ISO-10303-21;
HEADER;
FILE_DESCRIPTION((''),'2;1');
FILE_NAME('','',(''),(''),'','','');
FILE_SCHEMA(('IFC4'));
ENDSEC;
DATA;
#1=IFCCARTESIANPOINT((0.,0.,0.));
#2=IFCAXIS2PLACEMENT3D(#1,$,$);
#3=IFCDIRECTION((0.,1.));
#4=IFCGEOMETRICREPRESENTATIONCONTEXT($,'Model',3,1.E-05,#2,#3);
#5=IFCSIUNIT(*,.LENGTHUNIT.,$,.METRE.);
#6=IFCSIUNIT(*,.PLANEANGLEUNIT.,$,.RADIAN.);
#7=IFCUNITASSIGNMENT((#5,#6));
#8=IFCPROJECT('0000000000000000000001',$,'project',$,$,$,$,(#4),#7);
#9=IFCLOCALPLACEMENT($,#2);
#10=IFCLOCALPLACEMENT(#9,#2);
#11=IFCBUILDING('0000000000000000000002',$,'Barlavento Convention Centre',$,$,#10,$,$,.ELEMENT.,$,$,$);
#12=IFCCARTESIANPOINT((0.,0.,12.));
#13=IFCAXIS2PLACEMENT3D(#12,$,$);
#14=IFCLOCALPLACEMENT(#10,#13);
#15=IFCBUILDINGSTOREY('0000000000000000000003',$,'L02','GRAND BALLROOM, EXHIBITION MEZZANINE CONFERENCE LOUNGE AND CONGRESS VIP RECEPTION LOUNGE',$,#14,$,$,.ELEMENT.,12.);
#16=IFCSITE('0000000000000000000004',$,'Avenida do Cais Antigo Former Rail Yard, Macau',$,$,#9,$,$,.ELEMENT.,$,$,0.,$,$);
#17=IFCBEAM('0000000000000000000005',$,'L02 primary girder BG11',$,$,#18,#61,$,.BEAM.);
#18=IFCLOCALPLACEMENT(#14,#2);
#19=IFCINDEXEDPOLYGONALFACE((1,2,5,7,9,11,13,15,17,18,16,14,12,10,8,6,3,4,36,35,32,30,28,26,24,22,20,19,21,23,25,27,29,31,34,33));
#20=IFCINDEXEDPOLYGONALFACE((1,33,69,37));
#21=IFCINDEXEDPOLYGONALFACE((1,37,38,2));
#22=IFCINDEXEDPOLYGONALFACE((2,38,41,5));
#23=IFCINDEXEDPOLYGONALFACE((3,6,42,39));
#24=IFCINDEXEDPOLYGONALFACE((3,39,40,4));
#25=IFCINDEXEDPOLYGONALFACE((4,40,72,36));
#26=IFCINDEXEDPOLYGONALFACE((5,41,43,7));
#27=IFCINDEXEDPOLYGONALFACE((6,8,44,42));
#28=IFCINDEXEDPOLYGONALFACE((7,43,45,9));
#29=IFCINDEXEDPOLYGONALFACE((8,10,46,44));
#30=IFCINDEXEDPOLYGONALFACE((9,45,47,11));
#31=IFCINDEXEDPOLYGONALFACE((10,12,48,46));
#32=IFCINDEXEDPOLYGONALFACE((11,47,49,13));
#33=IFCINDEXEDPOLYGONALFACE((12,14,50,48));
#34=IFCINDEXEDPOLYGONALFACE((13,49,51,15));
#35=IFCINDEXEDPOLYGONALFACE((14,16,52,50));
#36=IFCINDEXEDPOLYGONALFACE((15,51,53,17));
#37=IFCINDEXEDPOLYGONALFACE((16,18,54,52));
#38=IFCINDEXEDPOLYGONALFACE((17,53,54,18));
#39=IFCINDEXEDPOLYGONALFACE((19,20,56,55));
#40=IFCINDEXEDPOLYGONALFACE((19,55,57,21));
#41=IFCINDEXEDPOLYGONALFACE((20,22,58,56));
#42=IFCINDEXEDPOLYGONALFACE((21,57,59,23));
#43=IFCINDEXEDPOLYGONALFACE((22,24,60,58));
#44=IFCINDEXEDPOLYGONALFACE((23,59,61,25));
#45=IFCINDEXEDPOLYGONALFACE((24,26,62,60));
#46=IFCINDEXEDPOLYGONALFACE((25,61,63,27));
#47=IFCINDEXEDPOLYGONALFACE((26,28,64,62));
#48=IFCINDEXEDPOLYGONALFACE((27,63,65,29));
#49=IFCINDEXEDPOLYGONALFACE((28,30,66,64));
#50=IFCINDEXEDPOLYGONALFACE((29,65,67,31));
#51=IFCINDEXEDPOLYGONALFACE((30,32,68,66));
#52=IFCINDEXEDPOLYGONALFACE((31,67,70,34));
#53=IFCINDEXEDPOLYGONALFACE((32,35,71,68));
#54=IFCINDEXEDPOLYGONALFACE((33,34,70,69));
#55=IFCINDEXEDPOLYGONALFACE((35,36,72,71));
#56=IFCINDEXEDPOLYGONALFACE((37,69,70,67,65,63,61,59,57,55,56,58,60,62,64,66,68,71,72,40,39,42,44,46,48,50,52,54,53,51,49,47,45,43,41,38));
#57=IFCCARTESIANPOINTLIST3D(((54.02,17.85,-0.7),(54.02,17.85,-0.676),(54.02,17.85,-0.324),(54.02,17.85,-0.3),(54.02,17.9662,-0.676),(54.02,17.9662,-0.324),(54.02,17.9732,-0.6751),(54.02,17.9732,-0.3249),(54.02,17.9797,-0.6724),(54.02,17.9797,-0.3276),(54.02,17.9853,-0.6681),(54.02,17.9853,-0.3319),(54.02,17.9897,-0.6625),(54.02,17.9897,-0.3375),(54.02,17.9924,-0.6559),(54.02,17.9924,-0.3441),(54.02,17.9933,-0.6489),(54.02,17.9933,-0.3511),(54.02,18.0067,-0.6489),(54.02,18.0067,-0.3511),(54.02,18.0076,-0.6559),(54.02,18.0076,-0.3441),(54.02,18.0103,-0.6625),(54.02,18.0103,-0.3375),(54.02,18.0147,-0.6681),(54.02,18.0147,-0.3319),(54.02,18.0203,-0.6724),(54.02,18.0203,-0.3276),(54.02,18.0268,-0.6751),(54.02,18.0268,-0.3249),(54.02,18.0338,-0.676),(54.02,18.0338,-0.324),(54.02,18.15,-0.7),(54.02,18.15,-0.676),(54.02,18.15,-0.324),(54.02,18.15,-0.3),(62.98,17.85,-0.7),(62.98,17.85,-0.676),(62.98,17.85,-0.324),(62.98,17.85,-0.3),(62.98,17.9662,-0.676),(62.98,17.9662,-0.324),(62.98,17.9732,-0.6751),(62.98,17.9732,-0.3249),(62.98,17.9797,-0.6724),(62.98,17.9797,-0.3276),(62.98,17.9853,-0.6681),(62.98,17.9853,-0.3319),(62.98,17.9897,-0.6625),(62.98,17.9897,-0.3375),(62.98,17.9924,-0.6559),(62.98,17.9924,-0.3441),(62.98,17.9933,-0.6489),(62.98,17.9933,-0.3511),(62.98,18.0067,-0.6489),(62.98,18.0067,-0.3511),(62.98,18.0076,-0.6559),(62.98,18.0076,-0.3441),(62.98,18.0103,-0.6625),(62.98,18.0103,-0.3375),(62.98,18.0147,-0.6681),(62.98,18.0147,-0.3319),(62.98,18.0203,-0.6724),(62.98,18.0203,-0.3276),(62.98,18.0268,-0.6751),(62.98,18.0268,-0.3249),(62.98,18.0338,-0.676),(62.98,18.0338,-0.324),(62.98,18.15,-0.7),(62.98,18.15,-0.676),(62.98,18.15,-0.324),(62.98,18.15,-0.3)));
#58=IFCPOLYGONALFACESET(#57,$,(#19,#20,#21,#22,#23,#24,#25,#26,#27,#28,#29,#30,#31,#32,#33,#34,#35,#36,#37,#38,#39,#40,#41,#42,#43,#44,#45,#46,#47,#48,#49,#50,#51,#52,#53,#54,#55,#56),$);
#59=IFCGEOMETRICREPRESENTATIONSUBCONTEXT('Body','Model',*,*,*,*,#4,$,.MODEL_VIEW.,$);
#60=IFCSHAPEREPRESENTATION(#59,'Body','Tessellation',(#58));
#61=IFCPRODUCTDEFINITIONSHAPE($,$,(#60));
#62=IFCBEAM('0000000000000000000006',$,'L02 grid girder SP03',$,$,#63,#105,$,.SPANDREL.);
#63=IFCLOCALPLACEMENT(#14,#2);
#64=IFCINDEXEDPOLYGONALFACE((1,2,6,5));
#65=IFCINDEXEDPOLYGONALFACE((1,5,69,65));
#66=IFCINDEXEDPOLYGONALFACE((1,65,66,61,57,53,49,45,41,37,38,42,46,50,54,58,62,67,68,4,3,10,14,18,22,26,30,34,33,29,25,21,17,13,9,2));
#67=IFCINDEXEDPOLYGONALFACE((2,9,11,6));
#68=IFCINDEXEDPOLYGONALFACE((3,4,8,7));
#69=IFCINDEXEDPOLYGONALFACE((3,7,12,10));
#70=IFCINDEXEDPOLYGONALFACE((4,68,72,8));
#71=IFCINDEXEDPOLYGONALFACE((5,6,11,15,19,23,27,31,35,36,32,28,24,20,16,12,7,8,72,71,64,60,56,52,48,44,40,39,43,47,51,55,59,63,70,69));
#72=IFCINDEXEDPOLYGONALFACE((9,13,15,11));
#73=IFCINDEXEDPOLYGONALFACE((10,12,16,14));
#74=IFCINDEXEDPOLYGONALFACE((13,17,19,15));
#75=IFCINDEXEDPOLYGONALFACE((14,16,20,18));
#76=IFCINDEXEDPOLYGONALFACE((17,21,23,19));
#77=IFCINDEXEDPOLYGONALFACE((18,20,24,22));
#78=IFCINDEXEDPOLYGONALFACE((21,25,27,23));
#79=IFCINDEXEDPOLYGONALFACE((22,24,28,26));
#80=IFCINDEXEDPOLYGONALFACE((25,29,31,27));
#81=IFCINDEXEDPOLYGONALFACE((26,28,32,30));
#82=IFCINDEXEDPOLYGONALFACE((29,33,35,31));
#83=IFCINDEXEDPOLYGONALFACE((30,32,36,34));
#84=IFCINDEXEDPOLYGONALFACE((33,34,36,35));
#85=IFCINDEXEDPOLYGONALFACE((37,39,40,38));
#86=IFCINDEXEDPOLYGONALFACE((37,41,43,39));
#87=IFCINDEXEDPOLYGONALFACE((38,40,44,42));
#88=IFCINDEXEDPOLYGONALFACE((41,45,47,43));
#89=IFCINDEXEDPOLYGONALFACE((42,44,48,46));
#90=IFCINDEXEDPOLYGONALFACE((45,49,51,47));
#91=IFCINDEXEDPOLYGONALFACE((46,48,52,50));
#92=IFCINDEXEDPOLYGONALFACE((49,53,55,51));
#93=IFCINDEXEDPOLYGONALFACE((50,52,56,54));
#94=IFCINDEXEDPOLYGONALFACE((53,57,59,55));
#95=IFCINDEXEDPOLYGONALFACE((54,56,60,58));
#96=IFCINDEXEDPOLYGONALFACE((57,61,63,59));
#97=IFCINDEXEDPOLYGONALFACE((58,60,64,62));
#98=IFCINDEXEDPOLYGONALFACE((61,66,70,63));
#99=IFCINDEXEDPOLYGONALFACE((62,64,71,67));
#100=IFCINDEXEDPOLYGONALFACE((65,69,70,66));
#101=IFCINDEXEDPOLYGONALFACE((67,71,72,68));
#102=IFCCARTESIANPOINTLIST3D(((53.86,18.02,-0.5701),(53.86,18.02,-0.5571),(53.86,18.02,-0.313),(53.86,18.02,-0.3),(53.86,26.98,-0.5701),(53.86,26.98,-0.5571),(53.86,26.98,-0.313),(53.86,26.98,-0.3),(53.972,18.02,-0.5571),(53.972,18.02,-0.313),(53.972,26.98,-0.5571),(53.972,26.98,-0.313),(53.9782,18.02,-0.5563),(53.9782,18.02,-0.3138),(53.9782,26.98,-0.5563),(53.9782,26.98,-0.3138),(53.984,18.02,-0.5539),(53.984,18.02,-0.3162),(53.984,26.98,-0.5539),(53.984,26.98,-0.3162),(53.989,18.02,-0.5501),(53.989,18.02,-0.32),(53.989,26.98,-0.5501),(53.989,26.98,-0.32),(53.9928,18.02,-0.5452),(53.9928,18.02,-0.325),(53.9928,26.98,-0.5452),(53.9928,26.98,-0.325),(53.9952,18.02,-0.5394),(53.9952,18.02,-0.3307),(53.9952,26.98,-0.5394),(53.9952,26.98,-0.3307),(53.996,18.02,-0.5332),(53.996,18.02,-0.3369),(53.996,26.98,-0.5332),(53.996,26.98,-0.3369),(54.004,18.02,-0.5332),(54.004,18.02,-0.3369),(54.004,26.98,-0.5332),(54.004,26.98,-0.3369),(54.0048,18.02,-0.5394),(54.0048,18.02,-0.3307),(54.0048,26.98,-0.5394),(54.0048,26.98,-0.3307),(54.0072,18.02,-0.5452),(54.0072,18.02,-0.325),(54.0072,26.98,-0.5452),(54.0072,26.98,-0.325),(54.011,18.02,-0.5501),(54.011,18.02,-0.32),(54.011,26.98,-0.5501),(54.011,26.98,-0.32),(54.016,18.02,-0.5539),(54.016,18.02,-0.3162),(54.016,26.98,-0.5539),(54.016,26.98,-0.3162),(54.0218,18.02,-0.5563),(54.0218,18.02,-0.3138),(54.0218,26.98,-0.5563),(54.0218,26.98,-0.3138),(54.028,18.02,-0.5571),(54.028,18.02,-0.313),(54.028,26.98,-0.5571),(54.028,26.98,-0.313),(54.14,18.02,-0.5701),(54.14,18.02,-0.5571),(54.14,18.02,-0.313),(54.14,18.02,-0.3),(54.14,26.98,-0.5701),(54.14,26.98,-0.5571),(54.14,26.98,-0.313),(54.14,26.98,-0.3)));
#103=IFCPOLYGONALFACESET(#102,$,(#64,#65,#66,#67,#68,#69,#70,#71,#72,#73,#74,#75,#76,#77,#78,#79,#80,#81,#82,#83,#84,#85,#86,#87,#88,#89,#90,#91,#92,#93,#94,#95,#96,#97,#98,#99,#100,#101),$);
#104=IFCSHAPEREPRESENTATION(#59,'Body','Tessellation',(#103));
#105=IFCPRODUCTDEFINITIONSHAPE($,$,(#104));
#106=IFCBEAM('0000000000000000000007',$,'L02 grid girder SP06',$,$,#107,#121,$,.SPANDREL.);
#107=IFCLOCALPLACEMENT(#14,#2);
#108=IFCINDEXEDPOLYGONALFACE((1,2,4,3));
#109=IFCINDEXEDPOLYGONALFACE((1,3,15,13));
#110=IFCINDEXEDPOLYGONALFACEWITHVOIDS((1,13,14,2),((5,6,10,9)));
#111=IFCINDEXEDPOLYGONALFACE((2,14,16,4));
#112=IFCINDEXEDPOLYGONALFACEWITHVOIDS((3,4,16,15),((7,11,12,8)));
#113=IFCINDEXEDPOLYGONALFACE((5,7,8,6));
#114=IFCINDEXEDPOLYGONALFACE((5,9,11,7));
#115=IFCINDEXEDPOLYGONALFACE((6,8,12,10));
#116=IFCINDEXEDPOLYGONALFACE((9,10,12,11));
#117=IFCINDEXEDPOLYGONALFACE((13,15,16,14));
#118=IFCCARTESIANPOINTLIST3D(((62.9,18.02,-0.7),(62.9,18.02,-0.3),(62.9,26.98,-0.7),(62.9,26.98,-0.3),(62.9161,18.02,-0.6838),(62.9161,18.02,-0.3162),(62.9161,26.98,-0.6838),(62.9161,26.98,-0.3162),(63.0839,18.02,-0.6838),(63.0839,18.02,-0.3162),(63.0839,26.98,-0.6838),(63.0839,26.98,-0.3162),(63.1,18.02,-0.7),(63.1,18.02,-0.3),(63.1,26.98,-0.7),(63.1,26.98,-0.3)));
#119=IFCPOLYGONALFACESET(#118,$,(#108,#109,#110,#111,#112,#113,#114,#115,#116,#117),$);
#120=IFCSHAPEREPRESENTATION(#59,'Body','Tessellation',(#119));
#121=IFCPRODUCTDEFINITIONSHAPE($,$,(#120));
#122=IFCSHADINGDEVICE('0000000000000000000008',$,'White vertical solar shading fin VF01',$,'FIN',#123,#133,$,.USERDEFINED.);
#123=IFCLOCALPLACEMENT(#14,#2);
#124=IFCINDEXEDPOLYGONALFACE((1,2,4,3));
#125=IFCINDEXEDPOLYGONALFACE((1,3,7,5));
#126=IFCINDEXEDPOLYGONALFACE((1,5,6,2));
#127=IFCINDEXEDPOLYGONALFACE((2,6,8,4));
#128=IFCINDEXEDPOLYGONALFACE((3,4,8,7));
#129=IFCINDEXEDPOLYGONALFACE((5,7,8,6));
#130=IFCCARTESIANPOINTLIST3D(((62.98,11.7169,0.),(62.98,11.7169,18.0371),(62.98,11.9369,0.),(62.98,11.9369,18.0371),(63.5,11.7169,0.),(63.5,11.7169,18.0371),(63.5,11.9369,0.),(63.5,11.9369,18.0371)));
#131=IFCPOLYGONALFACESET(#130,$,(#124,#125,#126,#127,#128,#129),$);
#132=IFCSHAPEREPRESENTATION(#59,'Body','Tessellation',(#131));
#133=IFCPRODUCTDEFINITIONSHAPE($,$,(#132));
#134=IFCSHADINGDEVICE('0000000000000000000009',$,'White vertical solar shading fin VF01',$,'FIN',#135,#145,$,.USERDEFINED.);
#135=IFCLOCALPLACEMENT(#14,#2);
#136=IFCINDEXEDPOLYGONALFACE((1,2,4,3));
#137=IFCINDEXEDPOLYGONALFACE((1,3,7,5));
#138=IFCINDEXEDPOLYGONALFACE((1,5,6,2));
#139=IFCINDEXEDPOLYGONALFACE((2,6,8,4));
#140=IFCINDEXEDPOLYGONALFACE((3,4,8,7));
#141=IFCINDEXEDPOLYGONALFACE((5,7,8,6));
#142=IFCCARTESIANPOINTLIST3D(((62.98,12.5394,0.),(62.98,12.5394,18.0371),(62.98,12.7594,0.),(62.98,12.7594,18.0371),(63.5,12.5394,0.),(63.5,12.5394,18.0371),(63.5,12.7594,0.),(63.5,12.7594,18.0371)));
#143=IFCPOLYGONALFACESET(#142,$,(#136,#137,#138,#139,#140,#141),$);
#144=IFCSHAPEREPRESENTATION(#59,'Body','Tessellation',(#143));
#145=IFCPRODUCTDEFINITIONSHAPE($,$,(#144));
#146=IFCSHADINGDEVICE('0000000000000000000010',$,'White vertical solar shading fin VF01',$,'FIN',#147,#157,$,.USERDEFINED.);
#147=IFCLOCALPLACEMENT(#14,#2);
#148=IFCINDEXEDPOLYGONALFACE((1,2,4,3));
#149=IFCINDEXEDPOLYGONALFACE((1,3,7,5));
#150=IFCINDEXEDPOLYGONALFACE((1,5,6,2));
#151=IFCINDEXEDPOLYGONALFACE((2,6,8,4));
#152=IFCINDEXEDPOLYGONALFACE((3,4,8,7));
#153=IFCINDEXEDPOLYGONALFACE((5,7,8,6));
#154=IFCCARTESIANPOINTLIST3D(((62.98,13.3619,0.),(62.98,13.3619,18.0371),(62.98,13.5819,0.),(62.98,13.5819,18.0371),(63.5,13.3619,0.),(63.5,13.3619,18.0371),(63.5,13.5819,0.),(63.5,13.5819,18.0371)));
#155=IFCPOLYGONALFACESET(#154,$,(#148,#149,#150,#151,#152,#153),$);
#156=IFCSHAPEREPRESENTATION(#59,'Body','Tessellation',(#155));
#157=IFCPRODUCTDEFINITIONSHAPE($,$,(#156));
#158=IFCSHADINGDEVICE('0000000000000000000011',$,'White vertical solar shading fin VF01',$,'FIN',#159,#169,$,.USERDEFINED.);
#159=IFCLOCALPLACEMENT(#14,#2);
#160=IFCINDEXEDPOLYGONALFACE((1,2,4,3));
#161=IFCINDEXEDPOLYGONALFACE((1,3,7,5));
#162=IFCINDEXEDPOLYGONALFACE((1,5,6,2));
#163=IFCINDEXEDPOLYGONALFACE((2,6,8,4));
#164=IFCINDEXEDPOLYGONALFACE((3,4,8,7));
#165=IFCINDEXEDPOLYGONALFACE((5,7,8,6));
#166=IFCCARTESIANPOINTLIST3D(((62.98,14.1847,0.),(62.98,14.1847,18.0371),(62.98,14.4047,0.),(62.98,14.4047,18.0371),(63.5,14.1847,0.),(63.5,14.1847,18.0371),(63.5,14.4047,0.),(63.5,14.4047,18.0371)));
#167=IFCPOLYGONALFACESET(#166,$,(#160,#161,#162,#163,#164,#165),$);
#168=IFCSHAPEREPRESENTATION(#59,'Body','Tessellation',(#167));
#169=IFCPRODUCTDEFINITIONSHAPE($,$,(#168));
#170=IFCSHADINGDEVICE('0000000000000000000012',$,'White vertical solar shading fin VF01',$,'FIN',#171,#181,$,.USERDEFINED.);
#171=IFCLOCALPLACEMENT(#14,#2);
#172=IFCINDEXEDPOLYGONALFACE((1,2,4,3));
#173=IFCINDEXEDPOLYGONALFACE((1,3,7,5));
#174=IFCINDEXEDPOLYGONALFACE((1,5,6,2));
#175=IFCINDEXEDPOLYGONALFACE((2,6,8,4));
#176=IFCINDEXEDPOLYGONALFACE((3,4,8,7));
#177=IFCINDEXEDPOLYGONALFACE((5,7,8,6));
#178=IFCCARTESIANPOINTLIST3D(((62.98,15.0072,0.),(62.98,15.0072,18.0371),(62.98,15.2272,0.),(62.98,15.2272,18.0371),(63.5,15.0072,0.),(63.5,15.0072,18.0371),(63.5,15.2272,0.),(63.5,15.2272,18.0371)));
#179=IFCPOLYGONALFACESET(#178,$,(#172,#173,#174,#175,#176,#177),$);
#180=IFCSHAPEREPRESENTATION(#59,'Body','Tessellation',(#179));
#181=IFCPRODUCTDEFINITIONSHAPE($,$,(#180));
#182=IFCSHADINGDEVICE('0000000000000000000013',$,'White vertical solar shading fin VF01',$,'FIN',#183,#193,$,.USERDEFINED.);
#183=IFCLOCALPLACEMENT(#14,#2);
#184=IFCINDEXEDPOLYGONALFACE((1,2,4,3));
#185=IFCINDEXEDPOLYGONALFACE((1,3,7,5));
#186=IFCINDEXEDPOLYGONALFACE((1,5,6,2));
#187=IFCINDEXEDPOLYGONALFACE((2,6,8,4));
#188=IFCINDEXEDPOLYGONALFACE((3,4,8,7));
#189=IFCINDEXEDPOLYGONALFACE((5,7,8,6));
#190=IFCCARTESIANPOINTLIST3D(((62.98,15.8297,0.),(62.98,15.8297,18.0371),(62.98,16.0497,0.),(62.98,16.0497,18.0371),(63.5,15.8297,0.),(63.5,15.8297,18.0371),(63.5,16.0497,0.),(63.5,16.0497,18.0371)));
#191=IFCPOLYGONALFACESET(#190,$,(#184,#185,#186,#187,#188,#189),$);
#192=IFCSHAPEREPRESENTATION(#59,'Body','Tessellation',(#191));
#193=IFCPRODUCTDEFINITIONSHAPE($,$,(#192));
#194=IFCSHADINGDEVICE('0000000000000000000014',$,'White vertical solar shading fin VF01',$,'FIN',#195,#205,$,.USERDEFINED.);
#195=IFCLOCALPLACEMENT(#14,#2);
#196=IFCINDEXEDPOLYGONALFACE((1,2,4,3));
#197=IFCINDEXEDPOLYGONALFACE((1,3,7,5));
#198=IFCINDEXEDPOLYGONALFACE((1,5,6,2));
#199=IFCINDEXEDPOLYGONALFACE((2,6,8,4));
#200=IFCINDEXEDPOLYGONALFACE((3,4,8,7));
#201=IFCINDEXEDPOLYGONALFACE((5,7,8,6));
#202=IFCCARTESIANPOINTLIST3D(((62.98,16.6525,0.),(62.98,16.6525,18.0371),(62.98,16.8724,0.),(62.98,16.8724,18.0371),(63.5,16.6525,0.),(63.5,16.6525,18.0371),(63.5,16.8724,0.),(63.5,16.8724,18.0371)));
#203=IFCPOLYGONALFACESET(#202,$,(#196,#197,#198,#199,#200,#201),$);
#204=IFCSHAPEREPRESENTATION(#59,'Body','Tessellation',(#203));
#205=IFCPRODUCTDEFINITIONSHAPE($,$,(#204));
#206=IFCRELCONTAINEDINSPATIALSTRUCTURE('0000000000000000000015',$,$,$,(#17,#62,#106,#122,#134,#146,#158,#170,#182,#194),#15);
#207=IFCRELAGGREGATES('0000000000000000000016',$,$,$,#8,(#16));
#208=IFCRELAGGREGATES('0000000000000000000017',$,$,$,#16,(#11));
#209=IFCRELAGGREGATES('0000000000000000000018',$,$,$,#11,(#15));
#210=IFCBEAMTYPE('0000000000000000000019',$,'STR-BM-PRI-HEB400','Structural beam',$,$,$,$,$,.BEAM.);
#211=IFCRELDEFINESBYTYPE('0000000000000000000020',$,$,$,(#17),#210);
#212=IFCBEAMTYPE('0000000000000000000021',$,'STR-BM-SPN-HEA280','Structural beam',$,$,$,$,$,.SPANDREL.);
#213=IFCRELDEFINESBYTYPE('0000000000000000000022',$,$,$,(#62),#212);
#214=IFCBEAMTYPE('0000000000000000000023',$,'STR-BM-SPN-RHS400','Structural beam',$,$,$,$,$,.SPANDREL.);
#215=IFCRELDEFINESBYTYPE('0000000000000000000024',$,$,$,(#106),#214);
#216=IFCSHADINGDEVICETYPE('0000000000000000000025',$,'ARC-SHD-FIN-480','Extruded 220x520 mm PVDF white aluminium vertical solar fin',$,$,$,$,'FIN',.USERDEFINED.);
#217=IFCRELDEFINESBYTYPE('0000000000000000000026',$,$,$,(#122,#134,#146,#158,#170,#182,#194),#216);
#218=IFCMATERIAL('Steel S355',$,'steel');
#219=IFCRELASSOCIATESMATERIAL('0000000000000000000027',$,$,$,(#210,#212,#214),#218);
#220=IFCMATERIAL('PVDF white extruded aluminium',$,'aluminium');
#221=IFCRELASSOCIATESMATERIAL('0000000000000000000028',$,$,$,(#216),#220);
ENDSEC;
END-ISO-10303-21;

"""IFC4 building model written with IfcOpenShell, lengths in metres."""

from ifc_helpers import new_model, si_unit, direction, frame, origin, origin_2d, place, context, subcontext, project, spatial, rectangle, hollow_rectangle, i_section, extrude, material, material_profile, profile_set, type_object, element, save


model = new_model("IFC4")

# Units and contexts
model_context = context("Model", 3, precision=1e-05, world=origin(), true_north=direction((0.0, 1.0)))
body_context = subcontext(model_context, "Body", "Model", "MODEL_VIEW")
ifc_project = project(units=[si_unit("LENGTHUNIT", "METRE"), si_unit("PLANEANGLEUNIT", "RADIAN")], contexts=[model_context])

# Site, building, storey
site_placement = place(None, origin())
site = spatial("IfcSite", under=ifc_project, at=site_placement, Name="Avenida do Cais Antigo Former Rail Yard, Macau", CompositionType="ELEMENT", RefElevation=0.0)
building_placement = place(site_placement, origin())
building = spatial("IfcBuilding", under=site, at=building_placement, Name="Barlavento Convention Centre", CompositionType="ELEMENT")
storey_placement = place(building_placement, frame((0.0, 0.0, 12.0)))
storey = spatial("IfcBuildingStorey", under=building, at=storey_placement, Name="L02", Description="GRAND BALLROOM, EXHIBITION MEZZANINE CONFERENCE LOUNGE AND CONGRESS VIP RECEPTION LOUNGE", CompositionType="ELEMENT", Elevation=12.0)

# Shared definitions
ifc_material_1 = material(Name="Steel S355", Category="steel")

# Beams
ifc_material_profile_1 = material_profile(ifc_material_1, i_section(OverallWidth=0.3, OverallDepth=0.3999, WebThickness=0.0134, FlangeThickness=0.0239, FilletRadius=0.0271, at=origin_2d()), Name="HEB 400")
ifc_profile_set_1 = profile_set([ifc_material_profile_1], Name="Steel S355")
beam_type_1 = type_object("IfcBeamType", Name="STR-BM-PRI-HEB400", Description="Structural beam", PredefinedType="BEAM", material=ifc_profile_set_1)
beam_1_placement = place(storey_placement, frame((54.02, 18.0, -0.5), z_axis=(1.0, 0.0, 0.0), x_axis=(0.0, 1.0, 0.0)))
element("IfcBeam", 1, at=beam_1_placement, inside=storey, type_object=beam_type_1, Name="L02 primary girder BG11", PredefinedType="BEAM", context=body_context, shape_type="SweptSolid", body=[
    extrude(i_section(OverallWidth=0.3, OverallDepth=0.3999, WebThickness=0.0134, FlangeThickness=0.0239, FilletRadius=0.0271, at=origin_2d()), origin(), (0.0, 0.0, 1.0), 8.96),
])
ifc_material_profile_2 = material_profile(ifc_material_1, i_section(OverallWidth=0.28, OverallDepth=0.27, WebThickness=0.0081, FlangeThickness=0.0129, FilletRadius=0.0239, at=origin_2d()), Name="HEA 280")
ifc_profile_set_2 = profile_set([ifc_material_profile_2], Name="Steel S355")
beam_type_2 = type_object("IfcBeamType", Name="STR-BM-SPN-HEA280", Description="Structural beam", PredefinedType="SPANDREL", material=ifc_profile_set_2)
beam_2_placement = place(storey_placement, frame((54.0, 18.02, -0.4351), z_axis=(0.0, 1.0, 0.0), x_axis=(-1.0, 0.0, 0.0)))
element("IfcBeam", 2, at=beam_2_placement, inside=storey, type_object=beam_type_2, Name="L02 grid girder SP03", PredefinedType="SPANDREL", context=body_context, shape_type="SweptSolid", body=[
    extrude(i_section(OverallWidth=0.28, OverallDepth=0.27, WebThickness=0.0081, FlangeThickness=0.0129, FilletRadius=0.0239, at=origin_2d()), origin(), (0.0, 0.0, 1.0), 8.96),
])
ifc_material_profile_3 = material_profile(ifc_material_1, hollow_rectangle(XDim=0.2, YDim=0.3999, WallThickness=0.0161, at=origin_2d()), Name="RHS 400x200x16.0")
ifc_profile_set_3 = profile_set([ifc_material_profile_3], Name="Steel S355")
beam_type_3 = type_object("IfcBeamType", Name="STR-BM-SPN-RHS400", Description="Structural beam", PredefinedType="SPANDREL", material=ifc_profile_set_3)
beam_3_placement = place(storey_placement, frame((63.0, 18.02, -0.5), z_axis=(0.0, 1.0, 0.0), x_axis=(-1.0, 0.0, 0.0)))
element("IfcBeam", 3, at=beam_3_placement, inside=storey, type_object=beam_type_3, Name="L02 grid girder SP06", PredefinedType="SPANDREL", context=body_context, shape_type="SweptSolid", body=[
    extrude(hollow_rectangle(XDim=0.2, YDim=0.3999, WallThickness=0.0161, at=origin_2d()), origin(), (0.0, 0.0, 1.0), 8.96),
])

# Shading devices
ifc_material_2 = material(Name="PVDF white extruded aluminium", Category="aluminium")
shading_device_type = type_object("IfcShadingDeviceType", Name="ARC-SHD-FIN-480", Description="Extruded 220x520 mm PVDF white aluminium vertical solar fin", ElementType="FIN", PredefinedType="USERDEFINED", material=ifc_material_2)
for number, where, z_axis, x_axis, name in (
    (4, (63.24, 11.8269, 0.0), (0.0, 0.0, 1.0), (0.0, 1.0, 0.0), "White vertical solar shading fin VF01"),
    (5, (63.24, 12.6494, 0.0), (0.0, 0.0, 1.0), (0.0, 1.0, 0.0), "White vertical solar shading fin VF01"),
    (6, (63.24, 13.4719, 0.0), (0.0, 0.0, 1.0), (0.0, 1.0, 0.0), "White vertical solar shading fin VF01"),
    (7, (63.24, 14.2947, 0.0), (0.0, 0.0, 1.0), (0.0, 1.0, 0.0), "White vertical solar shading fin VF01"),
    (8, (63.24, 15.1172, 0.0), (0.0, 0.0, 1.0), (0.0, 1.0, 0.0), "White vertical solar shading fin VF01"),
    (9, (63.24, 15.9397, 0.0), (0.0, 0.0, 1.0), (0.0, 1.0, 0.0), "White vertical solar shading fin VF01"),
    (10, (63.24, 16.7625, 0.0), (0.0, 0.0, 1.0), (0.0, 1.0, 0.0), "White vertical solar shading fin VF01"),
):
    element("IfcShadingDevice", number, at=place(storey_placement, frame(where, z_axis=z_axis, x_axis=x_axis)), inside=storey, type_object=shading_device_type, Name=name, ObjectType="FIN", PredefinedType="USERDEFINED", context=body_context, shape_type="SweptSolid", body=[
        extrude(rectangle(XDim=0.22, YDim=0.52, at=origin_2d()), origin(), (0.0, 0.0, 1.0), 18.0371),
    ])

save(model, "model.ifc")
